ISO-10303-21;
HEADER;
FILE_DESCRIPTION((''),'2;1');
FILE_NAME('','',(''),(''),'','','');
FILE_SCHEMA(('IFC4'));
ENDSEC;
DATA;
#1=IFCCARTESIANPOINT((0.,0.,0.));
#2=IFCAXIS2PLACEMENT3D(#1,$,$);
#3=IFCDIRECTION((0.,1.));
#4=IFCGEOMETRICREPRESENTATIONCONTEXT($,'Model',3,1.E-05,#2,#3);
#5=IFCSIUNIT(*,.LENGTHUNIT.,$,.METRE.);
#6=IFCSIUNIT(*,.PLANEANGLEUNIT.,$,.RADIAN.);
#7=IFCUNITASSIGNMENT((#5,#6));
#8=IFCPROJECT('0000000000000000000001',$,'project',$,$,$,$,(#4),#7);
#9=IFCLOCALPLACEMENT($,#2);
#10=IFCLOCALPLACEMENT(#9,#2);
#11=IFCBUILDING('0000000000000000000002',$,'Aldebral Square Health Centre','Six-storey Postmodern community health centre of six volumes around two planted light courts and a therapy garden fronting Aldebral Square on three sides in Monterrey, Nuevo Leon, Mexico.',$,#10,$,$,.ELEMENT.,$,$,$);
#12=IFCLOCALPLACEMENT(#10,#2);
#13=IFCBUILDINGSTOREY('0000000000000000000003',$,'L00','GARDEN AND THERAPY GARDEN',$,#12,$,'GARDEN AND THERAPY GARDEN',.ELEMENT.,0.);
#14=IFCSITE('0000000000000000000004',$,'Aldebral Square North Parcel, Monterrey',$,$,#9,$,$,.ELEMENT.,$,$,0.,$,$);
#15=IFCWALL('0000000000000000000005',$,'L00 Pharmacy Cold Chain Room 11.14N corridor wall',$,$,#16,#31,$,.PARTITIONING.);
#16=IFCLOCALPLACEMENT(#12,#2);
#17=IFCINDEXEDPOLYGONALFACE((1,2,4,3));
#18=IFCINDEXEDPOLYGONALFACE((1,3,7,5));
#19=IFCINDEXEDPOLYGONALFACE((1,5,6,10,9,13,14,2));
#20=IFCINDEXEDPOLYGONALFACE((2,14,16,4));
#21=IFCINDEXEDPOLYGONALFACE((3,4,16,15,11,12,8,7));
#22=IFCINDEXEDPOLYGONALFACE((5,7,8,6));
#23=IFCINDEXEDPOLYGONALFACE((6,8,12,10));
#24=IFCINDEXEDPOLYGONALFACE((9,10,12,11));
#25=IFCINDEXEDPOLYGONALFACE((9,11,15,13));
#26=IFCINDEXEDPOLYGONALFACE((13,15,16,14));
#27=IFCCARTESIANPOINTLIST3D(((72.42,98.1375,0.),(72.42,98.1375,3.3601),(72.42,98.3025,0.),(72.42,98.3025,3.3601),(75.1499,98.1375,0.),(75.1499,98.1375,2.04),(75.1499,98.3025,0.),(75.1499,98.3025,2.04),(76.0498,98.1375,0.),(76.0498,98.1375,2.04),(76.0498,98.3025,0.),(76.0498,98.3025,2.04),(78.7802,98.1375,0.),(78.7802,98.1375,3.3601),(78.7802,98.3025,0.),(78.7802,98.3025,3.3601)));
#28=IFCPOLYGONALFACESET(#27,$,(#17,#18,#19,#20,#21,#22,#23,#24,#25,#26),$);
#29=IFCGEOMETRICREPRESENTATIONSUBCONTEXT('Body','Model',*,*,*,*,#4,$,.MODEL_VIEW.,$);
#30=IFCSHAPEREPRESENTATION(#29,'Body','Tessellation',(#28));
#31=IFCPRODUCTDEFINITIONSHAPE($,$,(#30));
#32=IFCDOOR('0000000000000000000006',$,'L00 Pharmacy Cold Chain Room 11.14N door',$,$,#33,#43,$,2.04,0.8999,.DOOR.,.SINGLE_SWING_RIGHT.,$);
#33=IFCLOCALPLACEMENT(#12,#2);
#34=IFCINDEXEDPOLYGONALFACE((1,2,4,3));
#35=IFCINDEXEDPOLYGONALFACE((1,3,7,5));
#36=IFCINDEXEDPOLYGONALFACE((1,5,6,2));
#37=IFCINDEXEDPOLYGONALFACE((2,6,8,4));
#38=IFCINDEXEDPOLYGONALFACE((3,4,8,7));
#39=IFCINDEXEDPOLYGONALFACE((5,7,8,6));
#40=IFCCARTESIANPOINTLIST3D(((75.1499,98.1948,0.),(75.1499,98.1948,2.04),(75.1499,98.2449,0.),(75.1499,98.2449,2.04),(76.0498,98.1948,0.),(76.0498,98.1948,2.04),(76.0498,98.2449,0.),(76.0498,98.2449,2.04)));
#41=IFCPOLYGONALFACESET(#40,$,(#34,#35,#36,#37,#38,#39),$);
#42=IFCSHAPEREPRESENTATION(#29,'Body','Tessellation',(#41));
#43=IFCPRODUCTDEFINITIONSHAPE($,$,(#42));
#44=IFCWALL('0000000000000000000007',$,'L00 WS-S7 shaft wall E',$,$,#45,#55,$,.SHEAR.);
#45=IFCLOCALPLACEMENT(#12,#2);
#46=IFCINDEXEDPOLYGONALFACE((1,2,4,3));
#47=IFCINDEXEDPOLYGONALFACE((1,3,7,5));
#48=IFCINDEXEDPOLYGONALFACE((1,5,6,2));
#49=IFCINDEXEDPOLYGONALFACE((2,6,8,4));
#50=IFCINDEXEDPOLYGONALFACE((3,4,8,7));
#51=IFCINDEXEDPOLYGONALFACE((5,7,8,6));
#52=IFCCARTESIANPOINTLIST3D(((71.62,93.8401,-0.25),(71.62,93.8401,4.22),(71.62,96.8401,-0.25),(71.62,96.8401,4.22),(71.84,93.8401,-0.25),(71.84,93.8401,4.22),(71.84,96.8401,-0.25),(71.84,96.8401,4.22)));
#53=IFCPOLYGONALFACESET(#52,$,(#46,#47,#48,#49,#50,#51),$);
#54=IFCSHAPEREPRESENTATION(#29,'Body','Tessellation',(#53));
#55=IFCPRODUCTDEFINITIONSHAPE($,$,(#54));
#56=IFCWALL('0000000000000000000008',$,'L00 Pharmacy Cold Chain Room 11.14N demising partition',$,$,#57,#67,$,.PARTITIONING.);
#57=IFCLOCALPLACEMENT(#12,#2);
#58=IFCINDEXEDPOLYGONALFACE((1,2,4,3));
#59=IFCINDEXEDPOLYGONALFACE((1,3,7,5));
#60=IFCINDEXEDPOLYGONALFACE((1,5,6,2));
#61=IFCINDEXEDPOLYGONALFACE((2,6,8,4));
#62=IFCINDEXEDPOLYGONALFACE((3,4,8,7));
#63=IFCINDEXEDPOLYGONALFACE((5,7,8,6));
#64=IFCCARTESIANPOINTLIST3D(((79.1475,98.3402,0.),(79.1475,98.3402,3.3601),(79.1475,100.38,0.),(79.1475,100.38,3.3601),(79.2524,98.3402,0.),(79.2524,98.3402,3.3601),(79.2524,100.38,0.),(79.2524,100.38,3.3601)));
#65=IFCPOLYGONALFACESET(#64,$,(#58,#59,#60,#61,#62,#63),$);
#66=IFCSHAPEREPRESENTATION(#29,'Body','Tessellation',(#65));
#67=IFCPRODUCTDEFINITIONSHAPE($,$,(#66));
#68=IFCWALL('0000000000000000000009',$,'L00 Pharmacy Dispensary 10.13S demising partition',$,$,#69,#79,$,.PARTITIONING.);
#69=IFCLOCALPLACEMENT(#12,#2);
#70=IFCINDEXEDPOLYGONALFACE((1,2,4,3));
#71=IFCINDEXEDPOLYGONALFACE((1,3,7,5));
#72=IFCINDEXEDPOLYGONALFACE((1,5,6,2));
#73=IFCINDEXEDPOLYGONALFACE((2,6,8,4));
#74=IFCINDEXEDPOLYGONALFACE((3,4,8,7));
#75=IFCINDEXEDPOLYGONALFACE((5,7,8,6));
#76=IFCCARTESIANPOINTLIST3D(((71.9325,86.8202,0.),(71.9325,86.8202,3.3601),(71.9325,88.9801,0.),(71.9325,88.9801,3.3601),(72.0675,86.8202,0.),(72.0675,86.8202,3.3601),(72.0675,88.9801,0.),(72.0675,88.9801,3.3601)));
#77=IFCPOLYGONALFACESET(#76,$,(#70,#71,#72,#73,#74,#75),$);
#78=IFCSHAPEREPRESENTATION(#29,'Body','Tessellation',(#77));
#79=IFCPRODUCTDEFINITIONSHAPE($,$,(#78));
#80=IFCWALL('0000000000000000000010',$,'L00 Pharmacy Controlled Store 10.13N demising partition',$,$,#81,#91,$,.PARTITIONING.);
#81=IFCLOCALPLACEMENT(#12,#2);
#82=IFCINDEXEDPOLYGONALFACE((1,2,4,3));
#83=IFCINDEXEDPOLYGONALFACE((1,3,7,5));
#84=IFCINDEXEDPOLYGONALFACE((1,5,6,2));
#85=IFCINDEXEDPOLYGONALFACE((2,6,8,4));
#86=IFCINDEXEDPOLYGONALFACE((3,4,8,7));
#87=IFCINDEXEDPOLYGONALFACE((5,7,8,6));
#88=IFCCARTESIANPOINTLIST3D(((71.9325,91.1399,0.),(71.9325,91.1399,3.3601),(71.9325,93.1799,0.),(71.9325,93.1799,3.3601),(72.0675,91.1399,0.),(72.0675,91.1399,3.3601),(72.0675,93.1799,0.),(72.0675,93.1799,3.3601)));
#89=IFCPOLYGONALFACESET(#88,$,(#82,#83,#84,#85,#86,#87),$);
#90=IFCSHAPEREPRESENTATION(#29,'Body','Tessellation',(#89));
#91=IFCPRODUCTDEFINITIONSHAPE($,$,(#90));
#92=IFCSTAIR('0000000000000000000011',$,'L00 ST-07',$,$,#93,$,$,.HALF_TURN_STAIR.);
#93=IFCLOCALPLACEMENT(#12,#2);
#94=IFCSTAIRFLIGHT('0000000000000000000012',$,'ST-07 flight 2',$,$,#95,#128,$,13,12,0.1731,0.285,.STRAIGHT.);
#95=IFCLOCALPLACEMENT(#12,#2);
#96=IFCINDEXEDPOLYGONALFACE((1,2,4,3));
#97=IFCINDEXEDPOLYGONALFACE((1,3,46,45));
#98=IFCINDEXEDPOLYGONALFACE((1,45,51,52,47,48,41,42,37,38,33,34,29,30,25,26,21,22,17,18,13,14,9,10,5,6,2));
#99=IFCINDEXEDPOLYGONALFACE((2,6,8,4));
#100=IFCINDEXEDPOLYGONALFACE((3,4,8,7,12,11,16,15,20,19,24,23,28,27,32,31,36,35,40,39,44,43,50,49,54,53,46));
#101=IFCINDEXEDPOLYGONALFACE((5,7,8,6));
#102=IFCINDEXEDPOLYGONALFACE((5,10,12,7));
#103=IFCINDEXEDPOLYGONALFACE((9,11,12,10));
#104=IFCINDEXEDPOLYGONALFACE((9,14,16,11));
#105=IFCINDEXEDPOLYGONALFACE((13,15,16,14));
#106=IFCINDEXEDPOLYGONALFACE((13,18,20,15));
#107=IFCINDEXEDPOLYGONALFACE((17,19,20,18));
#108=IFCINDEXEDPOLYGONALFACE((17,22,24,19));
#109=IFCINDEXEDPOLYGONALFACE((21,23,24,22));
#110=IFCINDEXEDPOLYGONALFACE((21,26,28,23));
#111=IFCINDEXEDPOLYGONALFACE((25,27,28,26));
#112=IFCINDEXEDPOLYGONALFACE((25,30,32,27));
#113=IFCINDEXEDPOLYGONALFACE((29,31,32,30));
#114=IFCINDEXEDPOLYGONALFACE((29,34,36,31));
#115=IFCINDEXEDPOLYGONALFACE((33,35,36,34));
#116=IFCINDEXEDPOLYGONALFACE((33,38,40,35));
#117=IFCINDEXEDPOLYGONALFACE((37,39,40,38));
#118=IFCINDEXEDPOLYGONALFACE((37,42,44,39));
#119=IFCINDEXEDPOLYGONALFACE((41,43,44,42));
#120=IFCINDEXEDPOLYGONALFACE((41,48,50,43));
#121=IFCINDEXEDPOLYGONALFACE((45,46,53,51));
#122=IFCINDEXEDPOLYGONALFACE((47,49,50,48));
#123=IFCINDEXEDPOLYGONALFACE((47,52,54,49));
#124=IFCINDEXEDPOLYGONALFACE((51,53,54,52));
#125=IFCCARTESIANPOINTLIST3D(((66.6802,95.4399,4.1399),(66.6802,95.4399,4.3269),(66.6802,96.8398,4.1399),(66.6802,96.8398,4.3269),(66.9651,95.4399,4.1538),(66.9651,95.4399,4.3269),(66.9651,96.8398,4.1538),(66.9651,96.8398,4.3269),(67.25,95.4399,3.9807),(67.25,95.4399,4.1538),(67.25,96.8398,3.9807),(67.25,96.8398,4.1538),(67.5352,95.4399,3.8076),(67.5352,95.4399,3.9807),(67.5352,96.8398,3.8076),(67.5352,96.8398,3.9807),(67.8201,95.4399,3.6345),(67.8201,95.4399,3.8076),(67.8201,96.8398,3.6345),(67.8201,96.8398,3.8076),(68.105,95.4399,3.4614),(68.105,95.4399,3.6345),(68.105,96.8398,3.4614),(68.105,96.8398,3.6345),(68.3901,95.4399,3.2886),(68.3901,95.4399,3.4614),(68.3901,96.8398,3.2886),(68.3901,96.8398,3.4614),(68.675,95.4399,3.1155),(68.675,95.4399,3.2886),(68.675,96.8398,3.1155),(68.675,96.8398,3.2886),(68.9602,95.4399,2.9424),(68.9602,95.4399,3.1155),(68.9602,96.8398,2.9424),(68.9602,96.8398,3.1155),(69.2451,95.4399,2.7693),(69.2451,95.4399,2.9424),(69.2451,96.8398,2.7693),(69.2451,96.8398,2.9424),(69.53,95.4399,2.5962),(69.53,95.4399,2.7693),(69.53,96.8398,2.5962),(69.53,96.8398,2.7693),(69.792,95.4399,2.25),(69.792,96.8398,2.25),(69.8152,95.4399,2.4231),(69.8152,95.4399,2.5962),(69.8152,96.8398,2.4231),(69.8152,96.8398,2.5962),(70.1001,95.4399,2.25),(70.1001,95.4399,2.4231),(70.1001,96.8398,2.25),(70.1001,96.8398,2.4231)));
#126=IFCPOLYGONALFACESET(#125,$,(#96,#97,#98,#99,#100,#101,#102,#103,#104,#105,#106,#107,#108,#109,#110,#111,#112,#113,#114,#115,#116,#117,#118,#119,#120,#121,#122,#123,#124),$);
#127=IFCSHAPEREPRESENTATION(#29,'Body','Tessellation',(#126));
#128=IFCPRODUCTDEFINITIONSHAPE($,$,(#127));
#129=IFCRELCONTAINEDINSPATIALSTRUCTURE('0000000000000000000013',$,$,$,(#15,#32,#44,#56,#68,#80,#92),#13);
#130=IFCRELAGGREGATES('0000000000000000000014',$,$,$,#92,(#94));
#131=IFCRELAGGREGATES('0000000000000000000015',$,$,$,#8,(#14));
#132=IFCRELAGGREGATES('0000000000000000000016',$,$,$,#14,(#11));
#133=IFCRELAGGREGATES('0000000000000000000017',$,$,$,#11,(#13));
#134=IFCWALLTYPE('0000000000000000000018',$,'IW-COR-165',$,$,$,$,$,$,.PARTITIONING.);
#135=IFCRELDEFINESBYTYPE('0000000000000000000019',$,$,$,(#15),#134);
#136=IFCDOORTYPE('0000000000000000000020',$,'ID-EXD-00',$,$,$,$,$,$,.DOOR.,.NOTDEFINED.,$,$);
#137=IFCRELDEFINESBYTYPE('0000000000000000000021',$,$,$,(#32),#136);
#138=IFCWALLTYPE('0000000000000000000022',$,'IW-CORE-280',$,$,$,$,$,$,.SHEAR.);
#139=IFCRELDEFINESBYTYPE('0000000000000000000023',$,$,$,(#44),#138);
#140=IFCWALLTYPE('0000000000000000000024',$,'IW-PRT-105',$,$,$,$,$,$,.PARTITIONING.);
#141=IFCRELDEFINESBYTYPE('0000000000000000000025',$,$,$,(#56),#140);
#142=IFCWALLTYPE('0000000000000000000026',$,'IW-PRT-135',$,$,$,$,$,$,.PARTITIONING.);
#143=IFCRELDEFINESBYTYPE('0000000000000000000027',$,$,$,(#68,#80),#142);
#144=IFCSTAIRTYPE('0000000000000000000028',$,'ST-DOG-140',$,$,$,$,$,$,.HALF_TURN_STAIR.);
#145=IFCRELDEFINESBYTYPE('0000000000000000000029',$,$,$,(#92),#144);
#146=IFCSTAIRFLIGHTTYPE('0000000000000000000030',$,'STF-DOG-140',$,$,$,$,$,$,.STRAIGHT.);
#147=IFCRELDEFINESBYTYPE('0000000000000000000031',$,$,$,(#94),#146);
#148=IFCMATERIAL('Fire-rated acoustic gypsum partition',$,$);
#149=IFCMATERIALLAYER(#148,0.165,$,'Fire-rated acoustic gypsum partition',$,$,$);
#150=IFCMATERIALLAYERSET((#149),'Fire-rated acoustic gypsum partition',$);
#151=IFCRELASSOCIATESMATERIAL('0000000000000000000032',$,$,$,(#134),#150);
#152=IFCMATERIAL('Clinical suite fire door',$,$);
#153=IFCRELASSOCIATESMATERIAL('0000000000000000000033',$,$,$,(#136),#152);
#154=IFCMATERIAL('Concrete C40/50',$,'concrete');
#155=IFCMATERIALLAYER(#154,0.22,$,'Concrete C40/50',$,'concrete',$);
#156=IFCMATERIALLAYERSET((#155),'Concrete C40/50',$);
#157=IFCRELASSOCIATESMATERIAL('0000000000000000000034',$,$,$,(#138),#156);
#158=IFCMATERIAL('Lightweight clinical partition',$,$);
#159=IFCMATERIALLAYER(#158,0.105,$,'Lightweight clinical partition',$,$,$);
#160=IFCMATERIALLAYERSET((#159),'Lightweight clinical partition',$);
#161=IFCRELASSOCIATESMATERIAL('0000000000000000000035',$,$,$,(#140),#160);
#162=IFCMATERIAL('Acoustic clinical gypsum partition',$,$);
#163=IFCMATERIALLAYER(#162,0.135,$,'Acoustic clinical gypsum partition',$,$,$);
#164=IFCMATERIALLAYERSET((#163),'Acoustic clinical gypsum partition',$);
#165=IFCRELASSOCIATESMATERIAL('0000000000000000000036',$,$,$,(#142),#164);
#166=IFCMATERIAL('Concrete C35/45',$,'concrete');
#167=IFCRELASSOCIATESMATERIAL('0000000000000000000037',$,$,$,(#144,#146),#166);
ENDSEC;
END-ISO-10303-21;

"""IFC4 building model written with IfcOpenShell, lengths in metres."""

from ifc_helpers import new_model, si_unit, direction, frame, frame_2d, origin, place, context, subcontext, project, spatial, polyline, rectangle, outline, extrude, material, layer, layer_set, type_object, element, fill, aggregate, save


model = new_model("IFC4")

# Units and contexts
model_context = context("Model", 3, precision=1e-05, world=origin(), true_north=direction((0.0, 1.0)))
body_context = subcontext(model_context, "Body", "Model", "MODEL_VIEW")
ifc_project = project(units=[si_unit("LENGTHUNIT", "METRE"), si_unit("PLANEANGLEUNIT", "RADIAN")], contexts=[model_context])

# Site, building, storey
site_placement = place(None, origin())
site = spatial("IfcSite", under=ifc_project, at=site_placement, Name="Aldebral Square North Parcel, Monterrey", CompositionType="ELEMENT", RefElevation=0.0)
building_placement = place(site_placement, origin())
building = spatial("IfcBuilding", under=site, at=building_placement, Name="Aldebral Square Health Centre", Description="Six-storey Postmodern community health centre of six volumes around two planted light courts and a therapy garden fronting Aldebral Square on three sides in Monterrey, Nuevo Leon, Mexico.", CompositionType="ELEMENT")
storey_placement = place(building_placement, origin())
storey = spatial("IfcBuildingStorey", under=building, at=storey_placement, Name="L00", Description="GARDEN AND THERAPY GARDEN", LongName="GARDEN AND THERAPY GARDEN", CompositionType="ELEMENT", Elevation=0.0)

# Shared definitions
ifc_material_1 = material(Name="Concrete C35/45", Category="concrete")

# Shared definitions
ifc_material_2 = material(Name="Concrete C40/50", Category="concrete")

# Wall, opening, door
ifc_material_3 = material(Name="Fire-rated acoustic gypsum partition")
ifc_layer_1 = layer(ifc_material_3, 0.165, Name="Fire-rated acoustic gypsum partition")
ifc_layer_set_1 = layer_set([ifc_layer_1], Name="Fire-rated acoustic gypsum partition")
wall_type_1 = type_object("IfcWallType", Name="IW-COR-165", PredefinedType="PARTITIONING", material=ifc_layer_set_1)
wall_1_placement = place(storey_placement, frame((72.4199, 98.22, 0.0), z_axis=(0.0, 0.0, 1.0), x_axis=(1.0, 0.0, 0.0)))
wall_1 = element("IfcWall", 1, at=wall_1_placement, inside=storey, type_object=wall_type_1, Name="L00 Pharmacy Cold Chain Room 11.14N corridor wall", PredefinedType="PARTITIONING", context=body_context, shape_type="SweptSolid", body=[
    extrude(rectangle(XDim=6.3601, YDim=0.165, at=frame_2d((3.1802, 0.0))), origin(), (0.0, 0.0, 1.0), 3.3601),
])
opening_placement = place(wall_1_placement, frame((2.73, 0.0, 0.0)))
opening = element("IfcOpeningElement", 2, at=opening_placement, cuts=wall_1, PredefinedType="OPENING", context=body_context, shape_type="SweptSolid", body=[
    extrude(rectangle(XDim=0.8999, YDim=2.04, at=frame_2d((0.45, 1.02))), frame((0.0, 0.0925, 0.0), z_axis=(0.0, -1.0, 0.0), x_axis=(1.0, 0.0, 0.0)), (0.0, 0.0, 1.0), 0.1851),
])
ifc_material_4 = material(Name="Clinical suite fire door")
door_type = type_object("IfcDoorType", Name="ID-EXD-00", OperationType="NOTDEFINED", PredefinedType="DOOR", material=ifc_material_4)
door_placement = place(opening_placement, origin())
door = element("IfcDoor", 3, at=door_placement, inside=storey, type_object=door_type, Name="L00 Pharmacy Cold Chain Room 11.14N door", OperationType="SINGLE_SWING_RIGHT", OverallHeight=2.04, OverallWidth=0.8999, PredefinedType="DOOR", context=body_context, shape_type="SweptSolid", body=[
    extrude(rectangle(XDim=0.8999, YDim=2.04, at=frame_2d((0.45, 1.02))), frame((0.0, 0.0249, 0.0), z_axis=(0.0, -1.0, 0.0), x_axis=(1.0, 0.0, 0.0)), (0.0, 0.0, 1.0), 0.05),
])
fill(opening, door)

# Walls
ifc_layer_2 = layer(ifc_material_2, 0.22, Name="Concrete C40/50", Category="concrete")
ifc_layer_set_2 = layer_set([ifc_layer_2], Name="Concrete C40/50")
wall_type_2 = type_object("IfcWallType", Name="IW-CORE-280", PredefinedType="SHEAR", material=ifc_layer_set_2)
wall_2_placement = place(storey_placement, frame((71.73, 93.8401, -0.25), z_axis=(0.0, 0.0, 1.0), x_axis=(0.0, 1.0, 0.0)))
element("IfcWall", 4, at=wall_2_placement, inside=storey, type_object=wall_type_2, Name="L00 WS-S7 shaft wall E", PredefinedType="SHEAR", context=body_context, shape_type="SweptSolid", body=[
    extrude(rectangle(XDim=3.0, YDim=0.22, at=frame_2d((1.5, 0.0))), origin(), (0.0, 0.0, 1.0), 4.47),
])
ifc_material_5 = material(Name="Lightweight clinical partition")
ifc_layer_3 = layer(ifc_material_5, 0.105, Name="Lightweight clinical partition")
ifc_layer_set_3 = layer_set([ifc_layer_3], Name="Lightweight clinical partition")
wall_type_3 = type_object("IfcWallType", Name="IW-PRT-105", PredefinedType="PARTITIONING", material=ifc_layer_set_3)
wall_3_placement = place(storey_placement, frame((79.2, 98.3401, 0.0), z_axis=(0.0, 0.0, 1.0), x_axis=(0.0, 1.0, 0.0)))
element("IfcWall", 5, at=wall_3_placement, inside=storey, type_object=wall_type_3, Name="L00 Pharmacy Cold Chain Room 11.14N demising partition", PredefinedType="PARTITIONING", context=body_context, shape_type="SweptSolid", body=[
    extrude(rectangle(XDim=2.0398, YDim=0.105, at=frame_2d((1.02, 0.0))), origin(), (0.0, 0.0, 1.0), 3.3601),
])
ifc_material_6 = material(Name="Acoustic clinical gypsum partition")
ifc_layer_4 = layer(ifc_material_6, 0.135, Name="Acoustic clinical gypsum partition")
ifc_layer_set_4 = layer_set([ifc_layer_4], Name="Acoustic clinical gypsum partition")
wall_type_4 = type_object("IfcWallType", Name="IW-PRT-135", PredefinedType="PARTITIONING", material=ifc_layer_set_4)
wall_4_placement = place(storey_placement, frame((72.0, 86.8201, 0.0), z_axis=(0.0, 0.0, 1.0), x_axis=(0.0, 1.0, 0.0)))
element("IfcWall", 6, at=wall_4_placement, inside=storey, type_object=wall_type_4, Name="L00 Pharmacy Dispensary 10.13S demising partition", PredefinedType="PARTITIONING", context=body_context, shape_type="SweptSolid", body=[
    extrude(rectangle(XDim=2.1599, YDim=0.135, at=frame_2d((1.0801, 0.0))), origin(), (0.0, 0.0, 1.0), 3.3601),
])
wall_5_placement = place(storey_placement, frame((72.0, 91.1399, 0.0), z_axis=(0.0, 0.0, 1.0), x_axis=(0.0, 1.0, 0.0)))
element("IfcWall", 7, at=wall_5_placement, inside=storey, type_object=wall_type_4, Name="L00 Pharmacy Controlled Store 10.13N demising partition", PredefinedType="PARTITIONING", context=body_context, shape_type="SweptSolid", body=[
    extrude(rectangle(XDim=2.04, YDim=0.135, at=frame_2d((1.02, 0.0))), origin(), (0.0, 0.0, 1.0), 3.3601),
])

# Stair, stair flight
stair_type = type_object("IfcStairType", Name="ST-DOG-140", PredefinedType="HALF_TURN_STAIR", material=ifc_material_1)
stair_placement = place(storey_placement, origin())
stair = element("IfcStair", 8, at=stair_placement, inside=storey, type_object=stair_type, Name="L00 ST-07", PredefinedType="HALF_TURN_STAIR")
stair_flight_type = type_object("IfcStairFlightType", Name="STF-DOG-140", PredefinedType="STRAIGHT", material=ifc_material_1)
stair_flight_placement = place(storey_placement, frame((70.1001, 96.1399, 2.25), z_axis=(0.0, 0.0, 1.0), x_axis=(-1.0, 0.0, 0.0)))
stair_flight = element("IfcStairFlight", 9, at=stair_flight_placement, type_object=stair_flight_type, Name="ST-07 flight 2", NumberOfRisers=13, NumberOfTreads=12, PredefinedType="STRAIGHT", RiserHeight=0.1731, TreadLength=0.285, context=body_context, shape_type="SweptSolid", body=[
    extrude(outline(polyline([(0.0, 0.0), (0.0, 0.1731), (0.2849, 0.1731), (0.2849, 0.3462), (0.5701, 0.3462), (0.5701, 0.5193), (0.855, 0.5193), (0.855, 0.6924), (1.1399, 0.6924), (1.1399, 0.8655), (1.425, 0.8655), (1.425, 1.0386), (1.71, 1.0386), (1.71, 1.2114), (1.9951, 1.2114), (1.9951, 1.3845), (2.28, 1.3845), (2.28, 1.5576), (2.5649, 1.5576), (2.5649, 1.7307), (2.8501, 1.7307), (2.8501, 1.9038), (3.135, 1.9038), (3.135, 2.0769), (3.4199, 2.0769), (3.4199, 2.25), (3.4199, 1.8899), (0.3081, 0.0), (0.0, 0.0)])), frame((0.0, 0.7, 0.0), z_axis=(0.0, -1.0, 0.0), x_axis=(1.0, 0.0, 0.0)), (0.0, 0.0, 1.0), 1.3999),
])
aggregate(stair, [stair_flight])

save(model, "model.ifc")
